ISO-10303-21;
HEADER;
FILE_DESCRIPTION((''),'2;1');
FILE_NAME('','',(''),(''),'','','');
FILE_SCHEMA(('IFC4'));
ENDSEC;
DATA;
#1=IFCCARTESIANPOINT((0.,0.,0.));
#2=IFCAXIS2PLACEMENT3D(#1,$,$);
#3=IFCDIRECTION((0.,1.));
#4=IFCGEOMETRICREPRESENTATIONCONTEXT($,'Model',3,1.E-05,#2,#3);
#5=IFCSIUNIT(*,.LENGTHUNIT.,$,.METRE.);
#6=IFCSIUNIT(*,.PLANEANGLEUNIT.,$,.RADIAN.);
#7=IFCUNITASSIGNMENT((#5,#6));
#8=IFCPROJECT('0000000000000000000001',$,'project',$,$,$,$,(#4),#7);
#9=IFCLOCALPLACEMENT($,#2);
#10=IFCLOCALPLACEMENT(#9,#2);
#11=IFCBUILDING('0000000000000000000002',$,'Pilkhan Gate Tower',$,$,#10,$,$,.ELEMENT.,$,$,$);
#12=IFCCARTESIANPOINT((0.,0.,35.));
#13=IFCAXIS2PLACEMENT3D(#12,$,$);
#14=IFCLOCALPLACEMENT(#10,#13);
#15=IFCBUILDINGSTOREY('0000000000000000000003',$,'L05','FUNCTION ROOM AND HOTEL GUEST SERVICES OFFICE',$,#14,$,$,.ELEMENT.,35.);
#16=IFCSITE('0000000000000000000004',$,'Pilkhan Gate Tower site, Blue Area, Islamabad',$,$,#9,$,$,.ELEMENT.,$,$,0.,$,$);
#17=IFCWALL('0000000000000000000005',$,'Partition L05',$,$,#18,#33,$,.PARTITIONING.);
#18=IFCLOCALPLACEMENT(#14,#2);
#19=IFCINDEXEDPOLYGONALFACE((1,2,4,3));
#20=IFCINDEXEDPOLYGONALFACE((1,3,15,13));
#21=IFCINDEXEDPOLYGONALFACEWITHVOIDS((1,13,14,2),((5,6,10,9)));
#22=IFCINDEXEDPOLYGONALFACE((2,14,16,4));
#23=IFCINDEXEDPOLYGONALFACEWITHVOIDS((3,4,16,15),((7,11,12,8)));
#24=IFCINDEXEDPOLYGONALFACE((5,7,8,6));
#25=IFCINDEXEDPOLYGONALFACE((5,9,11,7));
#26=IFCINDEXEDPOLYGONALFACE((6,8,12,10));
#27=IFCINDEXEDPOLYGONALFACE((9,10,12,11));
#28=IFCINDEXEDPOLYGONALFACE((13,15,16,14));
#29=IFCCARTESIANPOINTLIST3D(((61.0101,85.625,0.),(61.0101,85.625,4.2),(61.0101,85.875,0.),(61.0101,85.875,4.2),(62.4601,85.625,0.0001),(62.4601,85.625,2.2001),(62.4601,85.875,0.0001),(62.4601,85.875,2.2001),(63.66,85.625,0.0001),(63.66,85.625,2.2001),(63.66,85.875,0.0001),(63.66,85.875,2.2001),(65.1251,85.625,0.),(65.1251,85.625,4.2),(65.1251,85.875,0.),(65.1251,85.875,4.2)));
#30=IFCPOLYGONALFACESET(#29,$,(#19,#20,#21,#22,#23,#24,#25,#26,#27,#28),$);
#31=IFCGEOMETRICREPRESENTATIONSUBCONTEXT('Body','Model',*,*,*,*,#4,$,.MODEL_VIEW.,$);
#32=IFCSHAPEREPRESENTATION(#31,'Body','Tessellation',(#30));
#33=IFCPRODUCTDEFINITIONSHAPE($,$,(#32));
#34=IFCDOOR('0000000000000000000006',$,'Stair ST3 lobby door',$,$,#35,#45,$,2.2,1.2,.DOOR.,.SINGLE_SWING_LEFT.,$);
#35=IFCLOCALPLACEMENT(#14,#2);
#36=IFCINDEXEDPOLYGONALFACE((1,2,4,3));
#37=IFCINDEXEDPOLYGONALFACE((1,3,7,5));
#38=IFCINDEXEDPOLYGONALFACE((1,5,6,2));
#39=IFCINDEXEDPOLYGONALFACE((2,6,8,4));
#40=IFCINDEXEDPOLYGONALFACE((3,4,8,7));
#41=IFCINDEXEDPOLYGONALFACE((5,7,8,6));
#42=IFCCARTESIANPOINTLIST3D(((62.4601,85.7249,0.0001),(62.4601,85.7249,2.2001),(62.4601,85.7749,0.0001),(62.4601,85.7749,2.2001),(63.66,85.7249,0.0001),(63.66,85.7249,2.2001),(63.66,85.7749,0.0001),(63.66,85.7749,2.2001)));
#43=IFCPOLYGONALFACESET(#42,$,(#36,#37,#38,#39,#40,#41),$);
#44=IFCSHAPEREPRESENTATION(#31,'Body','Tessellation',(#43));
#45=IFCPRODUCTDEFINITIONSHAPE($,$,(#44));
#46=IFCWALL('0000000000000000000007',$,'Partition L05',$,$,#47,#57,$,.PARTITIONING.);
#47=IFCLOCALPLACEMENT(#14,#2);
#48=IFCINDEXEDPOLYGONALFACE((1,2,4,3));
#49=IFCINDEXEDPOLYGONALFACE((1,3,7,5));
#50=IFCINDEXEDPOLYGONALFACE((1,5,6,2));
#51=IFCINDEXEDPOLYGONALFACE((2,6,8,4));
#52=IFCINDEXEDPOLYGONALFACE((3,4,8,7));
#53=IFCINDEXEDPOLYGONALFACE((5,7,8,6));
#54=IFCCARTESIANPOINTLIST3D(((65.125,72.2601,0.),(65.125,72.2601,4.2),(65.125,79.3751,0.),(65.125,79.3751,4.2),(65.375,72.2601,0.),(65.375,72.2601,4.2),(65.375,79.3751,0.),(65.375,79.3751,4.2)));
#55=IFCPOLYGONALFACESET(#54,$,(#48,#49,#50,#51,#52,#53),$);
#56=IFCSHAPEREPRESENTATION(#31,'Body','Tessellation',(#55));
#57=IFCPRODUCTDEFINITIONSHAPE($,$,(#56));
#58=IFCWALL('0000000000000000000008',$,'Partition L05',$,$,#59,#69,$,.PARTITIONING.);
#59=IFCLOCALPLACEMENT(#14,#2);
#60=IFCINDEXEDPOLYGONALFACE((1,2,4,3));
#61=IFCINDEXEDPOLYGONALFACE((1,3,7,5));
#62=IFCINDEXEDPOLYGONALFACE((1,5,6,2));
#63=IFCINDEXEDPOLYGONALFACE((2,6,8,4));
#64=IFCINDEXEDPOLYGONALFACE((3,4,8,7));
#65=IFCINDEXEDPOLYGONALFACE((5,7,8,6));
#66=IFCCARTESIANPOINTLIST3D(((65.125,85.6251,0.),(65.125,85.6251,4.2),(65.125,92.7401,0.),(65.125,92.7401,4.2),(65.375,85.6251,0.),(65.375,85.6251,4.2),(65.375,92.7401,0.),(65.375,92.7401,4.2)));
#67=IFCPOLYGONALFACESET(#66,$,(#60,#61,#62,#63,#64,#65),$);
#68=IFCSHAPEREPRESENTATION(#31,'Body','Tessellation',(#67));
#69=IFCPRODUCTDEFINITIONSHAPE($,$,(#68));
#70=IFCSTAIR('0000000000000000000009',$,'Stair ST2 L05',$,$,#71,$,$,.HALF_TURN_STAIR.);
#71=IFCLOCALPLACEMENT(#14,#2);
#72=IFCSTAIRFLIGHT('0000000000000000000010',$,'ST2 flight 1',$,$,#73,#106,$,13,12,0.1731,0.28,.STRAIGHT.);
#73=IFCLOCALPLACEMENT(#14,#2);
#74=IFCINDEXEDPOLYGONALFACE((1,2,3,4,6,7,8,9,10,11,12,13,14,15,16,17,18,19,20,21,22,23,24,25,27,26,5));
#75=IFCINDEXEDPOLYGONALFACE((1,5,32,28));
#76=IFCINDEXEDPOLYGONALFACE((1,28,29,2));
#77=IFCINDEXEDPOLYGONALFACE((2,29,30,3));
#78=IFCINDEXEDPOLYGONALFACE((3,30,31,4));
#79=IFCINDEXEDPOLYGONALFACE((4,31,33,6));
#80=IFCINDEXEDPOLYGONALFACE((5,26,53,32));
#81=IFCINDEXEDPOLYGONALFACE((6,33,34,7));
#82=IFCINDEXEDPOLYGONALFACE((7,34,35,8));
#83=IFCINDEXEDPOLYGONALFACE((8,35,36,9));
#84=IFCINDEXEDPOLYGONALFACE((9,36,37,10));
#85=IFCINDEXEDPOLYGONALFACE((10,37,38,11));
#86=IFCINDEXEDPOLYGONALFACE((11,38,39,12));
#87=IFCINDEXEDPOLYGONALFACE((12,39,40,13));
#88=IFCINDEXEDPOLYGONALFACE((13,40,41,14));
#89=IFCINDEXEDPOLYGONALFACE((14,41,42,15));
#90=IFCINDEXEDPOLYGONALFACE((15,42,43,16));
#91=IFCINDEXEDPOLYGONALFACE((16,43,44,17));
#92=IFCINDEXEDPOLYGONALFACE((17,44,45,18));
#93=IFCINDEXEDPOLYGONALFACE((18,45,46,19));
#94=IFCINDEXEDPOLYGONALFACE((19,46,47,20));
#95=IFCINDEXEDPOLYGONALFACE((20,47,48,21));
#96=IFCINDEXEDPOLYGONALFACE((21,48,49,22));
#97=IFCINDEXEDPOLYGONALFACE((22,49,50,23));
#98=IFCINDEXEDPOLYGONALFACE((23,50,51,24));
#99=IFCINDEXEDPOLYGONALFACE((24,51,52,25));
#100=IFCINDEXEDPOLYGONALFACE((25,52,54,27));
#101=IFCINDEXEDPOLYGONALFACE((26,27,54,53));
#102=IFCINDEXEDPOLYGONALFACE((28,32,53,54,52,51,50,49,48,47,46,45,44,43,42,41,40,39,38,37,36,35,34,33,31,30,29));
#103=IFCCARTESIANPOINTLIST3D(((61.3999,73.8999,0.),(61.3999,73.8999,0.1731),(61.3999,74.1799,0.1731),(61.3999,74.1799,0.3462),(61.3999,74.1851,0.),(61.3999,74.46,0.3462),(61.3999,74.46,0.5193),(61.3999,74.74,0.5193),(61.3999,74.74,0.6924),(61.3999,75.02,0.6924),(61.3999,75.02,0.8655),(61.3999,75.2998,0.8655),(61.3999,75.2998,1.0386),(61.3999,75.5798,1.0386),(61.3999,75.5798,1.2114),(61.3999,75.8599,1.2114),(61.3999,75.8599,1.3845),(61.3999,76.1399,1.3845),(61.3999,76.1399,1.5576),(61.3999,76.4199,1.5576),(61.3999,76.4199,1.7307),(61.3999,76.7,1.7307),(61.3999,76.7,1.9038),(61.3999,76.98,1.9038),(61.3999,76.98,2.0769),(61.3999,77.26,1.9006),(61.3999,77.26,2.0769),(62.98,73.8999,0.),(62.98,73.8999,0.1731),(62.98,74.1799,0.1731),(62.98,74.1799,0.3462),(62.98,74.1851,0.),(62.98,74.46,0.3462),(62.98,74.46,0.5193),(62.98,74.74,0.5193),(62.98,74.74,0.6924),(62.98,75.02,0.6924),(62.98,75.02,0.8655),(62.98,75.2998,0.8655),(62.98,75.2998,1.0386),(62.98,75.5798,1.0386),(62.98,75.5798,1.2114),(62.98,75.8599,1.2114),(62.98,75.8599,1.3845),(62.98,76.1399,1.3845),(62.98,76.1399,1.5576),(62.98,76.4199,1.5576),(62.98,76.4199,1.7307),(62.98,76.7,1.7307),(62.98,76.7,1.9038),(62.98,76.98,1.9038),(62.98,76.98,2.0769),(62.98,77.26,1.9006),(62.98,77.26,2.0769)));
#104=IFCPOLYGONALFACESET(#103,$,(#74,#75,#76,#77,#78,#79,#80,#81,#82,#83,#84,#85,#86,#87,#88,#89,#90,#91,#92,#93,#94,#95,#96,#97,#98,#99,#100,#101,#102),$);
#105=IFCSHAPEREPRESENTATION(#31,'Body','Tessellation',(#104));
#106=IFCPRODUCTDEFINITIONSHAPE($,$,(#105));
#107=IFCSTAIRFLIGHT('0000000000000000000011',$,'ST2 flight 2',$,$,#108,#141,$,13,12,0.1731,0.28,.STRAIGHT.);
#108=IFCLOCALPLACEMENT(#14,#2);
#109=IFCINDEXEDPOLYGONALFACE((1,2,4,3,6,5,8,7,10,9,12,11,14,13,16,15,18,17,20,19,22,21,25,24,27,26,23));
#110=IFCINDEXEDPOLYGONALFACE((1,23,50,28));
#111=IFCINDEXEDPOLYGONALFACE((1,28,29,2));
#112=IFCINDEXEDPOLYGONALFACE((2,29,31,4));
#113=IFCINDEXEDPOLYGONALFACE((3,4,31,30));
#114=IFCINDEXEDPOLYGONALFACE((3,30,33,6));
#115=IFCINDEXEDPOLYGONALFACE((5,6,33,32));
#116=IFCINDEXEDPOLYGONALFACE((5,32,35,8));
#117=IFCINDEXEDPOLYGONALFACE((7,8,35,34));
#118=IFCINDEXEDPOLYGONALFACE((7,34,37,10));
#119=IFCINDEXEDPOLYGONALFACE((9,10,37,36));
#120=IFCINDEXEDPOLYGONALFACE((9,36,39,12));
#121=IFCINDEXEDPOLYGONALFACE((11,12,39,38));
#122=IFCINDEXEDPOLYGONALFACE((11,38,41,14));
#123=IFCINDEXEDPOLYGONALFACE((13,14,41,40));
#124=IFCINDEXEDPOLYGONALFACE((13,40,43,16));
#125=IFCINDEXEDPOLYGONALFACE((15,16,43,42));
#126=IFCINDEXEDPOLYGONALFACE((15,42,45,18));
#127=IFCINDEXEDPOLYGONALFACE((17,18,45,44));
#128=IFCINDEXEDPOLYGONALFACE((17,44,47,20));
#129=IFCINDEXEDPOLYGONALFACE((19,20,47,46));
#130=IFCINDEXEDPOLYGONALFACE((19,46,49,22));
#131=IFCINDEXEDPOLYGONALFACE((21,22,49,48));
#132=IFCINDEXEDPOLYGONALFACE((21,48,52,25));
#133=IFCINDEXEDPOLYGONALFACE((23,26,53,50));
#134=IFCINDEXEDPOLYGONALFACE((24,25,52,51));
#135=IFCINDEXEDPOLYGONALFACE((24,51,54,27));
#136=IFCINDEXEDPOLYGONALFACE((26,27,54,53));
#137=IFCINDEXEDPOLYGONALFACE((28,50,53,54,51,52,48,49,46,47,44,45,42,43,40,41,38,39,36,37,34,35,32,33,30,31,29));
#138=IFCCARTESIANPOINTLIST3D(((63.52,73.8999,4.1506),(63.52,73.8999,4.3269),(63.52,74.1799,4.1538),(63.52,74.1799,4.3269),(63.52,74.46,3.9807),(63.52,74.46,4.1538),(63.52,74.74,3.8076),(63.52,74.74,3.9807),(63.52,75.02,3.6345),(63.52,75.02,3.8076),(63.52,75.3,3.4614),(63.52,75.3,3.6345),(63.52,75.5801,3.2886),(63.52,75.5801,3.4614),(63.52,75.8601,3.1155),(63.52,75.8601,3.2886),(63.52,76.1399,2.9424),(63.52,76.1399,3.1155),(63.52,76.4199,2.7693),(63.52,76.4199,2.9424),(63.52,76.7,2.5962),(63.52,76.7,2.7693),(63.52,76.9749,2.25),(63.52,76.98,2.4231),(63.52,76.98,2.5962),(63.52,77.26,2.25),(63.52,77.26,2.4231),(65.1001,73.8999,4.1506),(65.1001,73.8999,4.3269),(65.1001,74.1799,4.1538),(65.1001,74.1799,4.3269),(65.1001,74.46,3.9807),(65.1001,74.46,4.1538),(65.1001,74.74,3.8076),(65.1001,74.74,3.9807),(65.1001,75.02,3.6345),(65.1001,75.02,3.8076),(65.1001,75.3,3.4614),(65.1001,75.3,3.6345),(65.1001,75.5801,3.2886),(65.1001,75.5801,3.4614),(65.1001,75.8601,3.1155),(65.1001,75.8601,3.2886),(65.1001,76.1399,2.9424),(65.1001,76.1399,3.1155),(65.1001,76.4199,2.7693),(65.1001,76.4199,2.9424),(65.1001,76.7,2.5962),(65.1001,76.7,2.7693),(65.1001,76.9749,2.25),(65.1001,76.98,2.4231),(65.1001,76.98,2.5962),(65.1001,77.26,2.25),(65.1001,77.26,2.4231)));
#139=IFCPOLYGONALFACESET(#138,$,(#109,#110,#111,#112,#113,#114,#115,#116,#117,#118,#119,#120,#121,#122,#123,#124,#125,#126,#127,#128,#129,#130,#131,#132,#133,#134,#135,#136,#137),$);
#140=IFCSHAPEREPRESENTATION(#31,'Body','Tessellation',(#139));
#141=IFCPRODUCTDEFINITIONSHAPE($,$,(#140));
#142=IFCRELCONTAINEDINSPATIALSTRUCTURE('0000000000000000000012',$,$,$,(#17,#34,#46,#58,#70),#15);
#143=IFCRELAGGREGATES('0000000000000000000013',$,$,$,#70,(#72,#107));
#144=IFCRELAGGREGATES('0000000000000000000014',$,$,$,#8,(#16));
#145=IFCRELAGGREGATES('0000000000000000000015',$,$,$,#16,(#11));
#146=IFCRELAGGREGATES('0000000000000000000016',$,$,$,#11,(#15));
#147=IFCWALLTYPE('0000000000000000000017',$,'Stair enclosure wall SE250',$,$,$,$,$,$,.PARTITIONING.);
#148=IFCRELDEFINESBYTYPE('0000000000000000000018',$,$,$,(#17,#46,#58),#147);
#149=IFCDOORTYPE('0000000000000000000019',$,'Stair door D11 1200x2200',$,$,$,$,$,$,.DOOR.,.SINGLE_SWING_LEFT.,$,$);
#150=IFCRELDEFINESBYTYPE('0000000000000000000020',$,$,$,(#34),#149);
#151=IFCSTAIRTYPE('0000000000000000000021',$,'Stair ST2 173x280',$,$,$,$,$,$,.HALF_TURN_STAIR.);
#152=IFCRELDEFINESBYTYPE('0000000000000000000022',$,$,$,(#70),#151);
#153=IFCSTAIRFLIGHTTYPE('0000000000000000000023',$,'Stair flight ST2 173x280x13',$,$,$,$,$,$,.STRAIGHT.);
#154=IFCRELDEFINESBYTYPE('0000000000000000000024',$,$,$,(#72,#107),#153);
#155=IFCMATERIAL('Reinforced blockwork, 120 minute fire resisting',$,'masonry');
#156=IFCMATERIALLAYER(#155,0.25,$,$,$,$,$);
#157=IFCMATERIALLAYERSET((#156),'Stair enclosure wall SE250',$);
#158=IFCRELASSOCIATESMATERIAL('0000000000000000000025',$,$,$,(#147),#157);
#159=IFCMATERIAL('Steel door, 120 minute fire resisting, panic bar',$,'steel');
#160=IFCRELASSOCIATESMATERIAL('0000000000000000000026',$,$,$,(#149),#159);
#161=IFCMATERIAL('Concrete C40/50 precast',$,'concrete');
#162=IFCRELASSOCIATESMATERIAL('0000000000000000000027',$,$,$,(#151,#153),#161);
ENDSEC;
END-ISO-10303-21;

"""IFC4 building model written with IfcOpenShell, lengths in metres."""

from ifc_helpers import new_model, si_unit, direction, frame, frame_2d, origin, place, context, subcontext, project, spatial, polyline, rectangle, outline, extrude, material, layer, layer_set, type_object, element, fill, aggregate, save


model = new_model("IFC4")

# Units and contexts
model_context = context("Model", 3, precision=1e-05, world=origin(), true_north=direction((0.0, 1.0)))
body_context = subcontext(model_context, "Body", "Model", "MODEL_VIEW")
ifc_project = project(units=[si_unit("LENGTHUNIT", "METRE"), si_unit("PLANEANGLEUNIT", "RADIAN")], contexts=[model_context])

# Site, building, storey
site_placement = place(None, origin())
site = spatial("IfcSite", under=ifc_project, at=site_placement, Name="Pilkhan Gate Tower site, Blue Area, Islamabad", CompositionType="ELEMENT", RefElevation=0.0)
building_placement = place(site_placement, origin())
building = spatial("IfcBuilding", under=site, at=building_placement, Name="Pilkhan Gate Tower", CompositionType="ELEMENT")
storey_placement = place(building_placement, frame((0.0, 0.0, 35.0)))
storey = spatial("IfcBuildingStorey", under=building, at=storey_placement, Name="L05", Description="FUNCTION ROOM AND HOTEL GUEST SERVICES OFFICE", CompositionType="ELEMENT", Elevation=35.0)

# Shared definitions
ifc_material_1 = material(Name="Reinforced blockwork, 120 minute fire resisting", Category="masonry")
ifc_layer_1 = layer(ifc_material_1, 0.25)
ifc_layer_set_1 = layer_set([ifc_layer_1], Name="Stair enclosure wall SE250")
wall_type_1 = type_object("IfcWallType", Name="Stair enclosure wall SE250", PredefinedType="PARTITIONING", material=ifc_layer_set_1)

# Wall, opening, door
wall_1_placement = place(storey_placement, frame((61.01, 85.75, 0.0), z_axis=(0.0, 0.0, 1.0), x_axis=(1.0, 0.0, 0.0)))
wall_1 = element("IfcWall", 1, at=wall_1_placement, inside=storey, type_object=wall_type_1, Name="Partition L05", PredefinedType="PARTITIONING", context=body_context, shape_type="SweptSolid", body=[
    extrude(rectangle(XDim=4.115, YDim=0.25, at=frame_2d((2.0576, 0.0))), origin(), (0.0, 0.0, 1.0), 4.2),
])
opening_1_placement = place(wall_1_placement, frame((1.45, 0.0, 0.0)))
opening_1 = element("IfcOpeningElement", 2, at=opening_1_placement, cuts=wall_1, PredefinedType="OPENING", context=body_context, shape_type="SweptSolid", body=[
    extrude(rectangle(XDim=1.2, YDim=2.2, at=frame_2d((0.6001, 1.1001))), frame((0.0, 0.135, 0.0), z_axis=(0.0, -1.0, 0.0), x_axis=(1.0, 0.0, 0.0)), (0.0, 0.0, 1.0), 0.27),
])
ifc_material_2 = material(Name="Steel door, 120 minute fire resisting, panic bar", Category="steel")
door_type_1 = type_object("IfcDoorType", Name="Stair door D11 1200x2200", OperationType="SINGLE_SWING_LEFT", PredefinedType="DOOR", material=ifc_material_2)
door_1_placement = place(opening_1_placement, origin())
door_1 = element("IfcDoor", 3, at=door_1_placement, inside=storey, type_object=door_type_1, Name="Stair ST3 lobby door", OperationType="SINGLE_SWING_LEFT", OverallHeight=2.2, OverallWidth=1.2, PredefinedType="DOOR", context=body_context, shape_type="SweptSolid", body=[
    extrude(rectangle(XDim=1.2, YDim=2.2, at=frame_2d((0.6001, 1.1001))), frame((0.0, 0.0249, 0.0), z_axis=(0.0, -1.0, 0.0), x_axis=(1.0, 0.0, 0.0)), (0.0, 0.0, 1.0), 0.05),
])
fill(opening_1, door_1)

# Walls
for number, where, z_axis, x_axis, name in (
    (4, (65.25, 72.26, 0.0), (0.0, 0.0, 1.0), (0.0, 1.0, 0.0), "Partition L05"),
    (5, (65.25, 85.625, 0.0), (0.0, 0.0, 1.0), (0.0, 1.0, 0.0), "Partition L05"),
):
    element("IfcWall", number, at=place(storey_placement, frame(where, z_axis=z_axis, x_axis=x_axis)), inside=storey, type_object=wall_type_1, Name=name, PredefinedType="PARTITIONING", context=body_context, shape_type="SweptSolid", body=[
        extrude(rectangle(XDim=7.115, YDim=0.25, at=frame_2d((3.5576, 0.0))), origin(), (0.0, 0.0, 1.0), 4.2),
    ])

# Stair, stair flights
ifc_material_3 = material(Name="Concrete C40/50 precast", Category="concrete")
stair_type = type_object("IfcStairType", Name="Stair ST2 173x280", PredefinedType="HALF_TURN_STAIR", material=ifc_material_3)
stair_placement = place(storey_placement, origin())
stair = element("IfcStair", 6, at=stair_placement, inside=storey, type_object=stair_type, Name="Stair ST2 L05", PredefinedType="HALF_TURN_STAIR")
stair_flight_type = type_object("IfcStairFlightType", Name="Stair flight ST2 173x280x13", PredefinedType="STRAIGHT", material=ifc_material_3)
stair_flight_1_placement = place(storey_placement, frame((62.1899, 73.8999, 0.0), z_axis=(0.0, 0.0, 1.0), x_axis=(0.0, 1.0, 0.0)))
stair_flight_1 = element("IfcStairFlight", 7, at=stair_flight_1_placement, type_object=stair_flight_type, Name="ST2 flight 1", NumberOfRisers=13, NumberOfTreads=12, PredefinedType="STRAIGHT", RiserHeight=0.1731, TreadLength=0.28, context=body_context, shape_type="SweptSolid", body=[
    extrude(outline(polyline([(0.0, 0.0), (0.0, 0.1731), (0.28, 0.1731), (0.28, 0.3462), (0.5601, 0.3462), (0.5601, 0.5193), (0.8401, 0.5193), (0.8401, 0.6924), (1.1201, 0.6924), (1.1201, 0.8655), (1.3999, 0.8655), (1.3999, 1.0386), (1.6799, 1.0386), (1.6799, 1.2114), (1.96, 1.2114), (1.96, 1.3845), (2.24, 1.3845), (2.24, 1.5576), (2.52, 1.5576), (2.52, 1.7307), (2.8, 1.7307), (2.8, 1.9038), (3.0801, 1.9038), (3.0801, 2.0769), (3.3601, 2.0769), (3.3601, 2.25), (3.3601, 1.9006), (0.2852, 0.0), (0.0, 0.0)])), frame((0.0, 0.79, 0.0), z_axis=(0.0, -1.0, 0.0), x_axis=(1.0, 0.0, 0.0)), (0.0, 0.0, 1.0), 1.5801),
])
stair_flight_2_placement = place(storey_placement, frame((64.3101, 77.26, 2.25), z_axis=(0.0, 0.0, 1.0), x_axis=(0.0, -1.0, 0.0)))
stair_flight_2 = element("IfcStairFlight", 8, at=stair_flight_2_placement, type_object=stair_flight_type, Name="ST2 flight 2", NumberOfRisers=13, NumberOfTreads=12, PredefinedType="STRAIGHT", RiserHeight=0.1731, TreadLength=0.28, context=body_context, shape_type="SweptSolid", body=[
    extrude(outline(polyline([(0.0, 0.0), (0.0, 0.1731), (0.28, 0.1731), (0.28, 0.3462), (0.5601, 0.3462), (0.5601, 0.5193), (0.8401, 0.5193), (0.8401, 0.6924), (1.1201, 0.6924), (1.1201, 0.8655), (1.3999, 0.8655), (1.3999, 1.0386), (1.6799, 1.0386), (1.6799, 1.2114), (1.96, 1.2114), (1.96, 1.3845), (2.24, 1.3845), (2.24, 1.5576), (2.52, 1.5576), (2.52, 1.7307), (2.8, 1.7307), (2.8, 1.9038), (3.0801, 1.9038), (3.0801, 2.0769), (3.3601, 2.0769), (3.3601, 2.25), (3.3601, 1.9006), (0.2852, 0.0), (0.0, 0.0)])), frame((0.0, 0.79, 0.0), z_axis=(0.0, -1.0, 0.0), x_axis=(1.0, 0.0, 0.0)), (0.0, 0.0, 1.0), 1.5801),
])
aggregate(stair, [stair_flight_1, stair_flight_2])

save(model, "model.ifc")
